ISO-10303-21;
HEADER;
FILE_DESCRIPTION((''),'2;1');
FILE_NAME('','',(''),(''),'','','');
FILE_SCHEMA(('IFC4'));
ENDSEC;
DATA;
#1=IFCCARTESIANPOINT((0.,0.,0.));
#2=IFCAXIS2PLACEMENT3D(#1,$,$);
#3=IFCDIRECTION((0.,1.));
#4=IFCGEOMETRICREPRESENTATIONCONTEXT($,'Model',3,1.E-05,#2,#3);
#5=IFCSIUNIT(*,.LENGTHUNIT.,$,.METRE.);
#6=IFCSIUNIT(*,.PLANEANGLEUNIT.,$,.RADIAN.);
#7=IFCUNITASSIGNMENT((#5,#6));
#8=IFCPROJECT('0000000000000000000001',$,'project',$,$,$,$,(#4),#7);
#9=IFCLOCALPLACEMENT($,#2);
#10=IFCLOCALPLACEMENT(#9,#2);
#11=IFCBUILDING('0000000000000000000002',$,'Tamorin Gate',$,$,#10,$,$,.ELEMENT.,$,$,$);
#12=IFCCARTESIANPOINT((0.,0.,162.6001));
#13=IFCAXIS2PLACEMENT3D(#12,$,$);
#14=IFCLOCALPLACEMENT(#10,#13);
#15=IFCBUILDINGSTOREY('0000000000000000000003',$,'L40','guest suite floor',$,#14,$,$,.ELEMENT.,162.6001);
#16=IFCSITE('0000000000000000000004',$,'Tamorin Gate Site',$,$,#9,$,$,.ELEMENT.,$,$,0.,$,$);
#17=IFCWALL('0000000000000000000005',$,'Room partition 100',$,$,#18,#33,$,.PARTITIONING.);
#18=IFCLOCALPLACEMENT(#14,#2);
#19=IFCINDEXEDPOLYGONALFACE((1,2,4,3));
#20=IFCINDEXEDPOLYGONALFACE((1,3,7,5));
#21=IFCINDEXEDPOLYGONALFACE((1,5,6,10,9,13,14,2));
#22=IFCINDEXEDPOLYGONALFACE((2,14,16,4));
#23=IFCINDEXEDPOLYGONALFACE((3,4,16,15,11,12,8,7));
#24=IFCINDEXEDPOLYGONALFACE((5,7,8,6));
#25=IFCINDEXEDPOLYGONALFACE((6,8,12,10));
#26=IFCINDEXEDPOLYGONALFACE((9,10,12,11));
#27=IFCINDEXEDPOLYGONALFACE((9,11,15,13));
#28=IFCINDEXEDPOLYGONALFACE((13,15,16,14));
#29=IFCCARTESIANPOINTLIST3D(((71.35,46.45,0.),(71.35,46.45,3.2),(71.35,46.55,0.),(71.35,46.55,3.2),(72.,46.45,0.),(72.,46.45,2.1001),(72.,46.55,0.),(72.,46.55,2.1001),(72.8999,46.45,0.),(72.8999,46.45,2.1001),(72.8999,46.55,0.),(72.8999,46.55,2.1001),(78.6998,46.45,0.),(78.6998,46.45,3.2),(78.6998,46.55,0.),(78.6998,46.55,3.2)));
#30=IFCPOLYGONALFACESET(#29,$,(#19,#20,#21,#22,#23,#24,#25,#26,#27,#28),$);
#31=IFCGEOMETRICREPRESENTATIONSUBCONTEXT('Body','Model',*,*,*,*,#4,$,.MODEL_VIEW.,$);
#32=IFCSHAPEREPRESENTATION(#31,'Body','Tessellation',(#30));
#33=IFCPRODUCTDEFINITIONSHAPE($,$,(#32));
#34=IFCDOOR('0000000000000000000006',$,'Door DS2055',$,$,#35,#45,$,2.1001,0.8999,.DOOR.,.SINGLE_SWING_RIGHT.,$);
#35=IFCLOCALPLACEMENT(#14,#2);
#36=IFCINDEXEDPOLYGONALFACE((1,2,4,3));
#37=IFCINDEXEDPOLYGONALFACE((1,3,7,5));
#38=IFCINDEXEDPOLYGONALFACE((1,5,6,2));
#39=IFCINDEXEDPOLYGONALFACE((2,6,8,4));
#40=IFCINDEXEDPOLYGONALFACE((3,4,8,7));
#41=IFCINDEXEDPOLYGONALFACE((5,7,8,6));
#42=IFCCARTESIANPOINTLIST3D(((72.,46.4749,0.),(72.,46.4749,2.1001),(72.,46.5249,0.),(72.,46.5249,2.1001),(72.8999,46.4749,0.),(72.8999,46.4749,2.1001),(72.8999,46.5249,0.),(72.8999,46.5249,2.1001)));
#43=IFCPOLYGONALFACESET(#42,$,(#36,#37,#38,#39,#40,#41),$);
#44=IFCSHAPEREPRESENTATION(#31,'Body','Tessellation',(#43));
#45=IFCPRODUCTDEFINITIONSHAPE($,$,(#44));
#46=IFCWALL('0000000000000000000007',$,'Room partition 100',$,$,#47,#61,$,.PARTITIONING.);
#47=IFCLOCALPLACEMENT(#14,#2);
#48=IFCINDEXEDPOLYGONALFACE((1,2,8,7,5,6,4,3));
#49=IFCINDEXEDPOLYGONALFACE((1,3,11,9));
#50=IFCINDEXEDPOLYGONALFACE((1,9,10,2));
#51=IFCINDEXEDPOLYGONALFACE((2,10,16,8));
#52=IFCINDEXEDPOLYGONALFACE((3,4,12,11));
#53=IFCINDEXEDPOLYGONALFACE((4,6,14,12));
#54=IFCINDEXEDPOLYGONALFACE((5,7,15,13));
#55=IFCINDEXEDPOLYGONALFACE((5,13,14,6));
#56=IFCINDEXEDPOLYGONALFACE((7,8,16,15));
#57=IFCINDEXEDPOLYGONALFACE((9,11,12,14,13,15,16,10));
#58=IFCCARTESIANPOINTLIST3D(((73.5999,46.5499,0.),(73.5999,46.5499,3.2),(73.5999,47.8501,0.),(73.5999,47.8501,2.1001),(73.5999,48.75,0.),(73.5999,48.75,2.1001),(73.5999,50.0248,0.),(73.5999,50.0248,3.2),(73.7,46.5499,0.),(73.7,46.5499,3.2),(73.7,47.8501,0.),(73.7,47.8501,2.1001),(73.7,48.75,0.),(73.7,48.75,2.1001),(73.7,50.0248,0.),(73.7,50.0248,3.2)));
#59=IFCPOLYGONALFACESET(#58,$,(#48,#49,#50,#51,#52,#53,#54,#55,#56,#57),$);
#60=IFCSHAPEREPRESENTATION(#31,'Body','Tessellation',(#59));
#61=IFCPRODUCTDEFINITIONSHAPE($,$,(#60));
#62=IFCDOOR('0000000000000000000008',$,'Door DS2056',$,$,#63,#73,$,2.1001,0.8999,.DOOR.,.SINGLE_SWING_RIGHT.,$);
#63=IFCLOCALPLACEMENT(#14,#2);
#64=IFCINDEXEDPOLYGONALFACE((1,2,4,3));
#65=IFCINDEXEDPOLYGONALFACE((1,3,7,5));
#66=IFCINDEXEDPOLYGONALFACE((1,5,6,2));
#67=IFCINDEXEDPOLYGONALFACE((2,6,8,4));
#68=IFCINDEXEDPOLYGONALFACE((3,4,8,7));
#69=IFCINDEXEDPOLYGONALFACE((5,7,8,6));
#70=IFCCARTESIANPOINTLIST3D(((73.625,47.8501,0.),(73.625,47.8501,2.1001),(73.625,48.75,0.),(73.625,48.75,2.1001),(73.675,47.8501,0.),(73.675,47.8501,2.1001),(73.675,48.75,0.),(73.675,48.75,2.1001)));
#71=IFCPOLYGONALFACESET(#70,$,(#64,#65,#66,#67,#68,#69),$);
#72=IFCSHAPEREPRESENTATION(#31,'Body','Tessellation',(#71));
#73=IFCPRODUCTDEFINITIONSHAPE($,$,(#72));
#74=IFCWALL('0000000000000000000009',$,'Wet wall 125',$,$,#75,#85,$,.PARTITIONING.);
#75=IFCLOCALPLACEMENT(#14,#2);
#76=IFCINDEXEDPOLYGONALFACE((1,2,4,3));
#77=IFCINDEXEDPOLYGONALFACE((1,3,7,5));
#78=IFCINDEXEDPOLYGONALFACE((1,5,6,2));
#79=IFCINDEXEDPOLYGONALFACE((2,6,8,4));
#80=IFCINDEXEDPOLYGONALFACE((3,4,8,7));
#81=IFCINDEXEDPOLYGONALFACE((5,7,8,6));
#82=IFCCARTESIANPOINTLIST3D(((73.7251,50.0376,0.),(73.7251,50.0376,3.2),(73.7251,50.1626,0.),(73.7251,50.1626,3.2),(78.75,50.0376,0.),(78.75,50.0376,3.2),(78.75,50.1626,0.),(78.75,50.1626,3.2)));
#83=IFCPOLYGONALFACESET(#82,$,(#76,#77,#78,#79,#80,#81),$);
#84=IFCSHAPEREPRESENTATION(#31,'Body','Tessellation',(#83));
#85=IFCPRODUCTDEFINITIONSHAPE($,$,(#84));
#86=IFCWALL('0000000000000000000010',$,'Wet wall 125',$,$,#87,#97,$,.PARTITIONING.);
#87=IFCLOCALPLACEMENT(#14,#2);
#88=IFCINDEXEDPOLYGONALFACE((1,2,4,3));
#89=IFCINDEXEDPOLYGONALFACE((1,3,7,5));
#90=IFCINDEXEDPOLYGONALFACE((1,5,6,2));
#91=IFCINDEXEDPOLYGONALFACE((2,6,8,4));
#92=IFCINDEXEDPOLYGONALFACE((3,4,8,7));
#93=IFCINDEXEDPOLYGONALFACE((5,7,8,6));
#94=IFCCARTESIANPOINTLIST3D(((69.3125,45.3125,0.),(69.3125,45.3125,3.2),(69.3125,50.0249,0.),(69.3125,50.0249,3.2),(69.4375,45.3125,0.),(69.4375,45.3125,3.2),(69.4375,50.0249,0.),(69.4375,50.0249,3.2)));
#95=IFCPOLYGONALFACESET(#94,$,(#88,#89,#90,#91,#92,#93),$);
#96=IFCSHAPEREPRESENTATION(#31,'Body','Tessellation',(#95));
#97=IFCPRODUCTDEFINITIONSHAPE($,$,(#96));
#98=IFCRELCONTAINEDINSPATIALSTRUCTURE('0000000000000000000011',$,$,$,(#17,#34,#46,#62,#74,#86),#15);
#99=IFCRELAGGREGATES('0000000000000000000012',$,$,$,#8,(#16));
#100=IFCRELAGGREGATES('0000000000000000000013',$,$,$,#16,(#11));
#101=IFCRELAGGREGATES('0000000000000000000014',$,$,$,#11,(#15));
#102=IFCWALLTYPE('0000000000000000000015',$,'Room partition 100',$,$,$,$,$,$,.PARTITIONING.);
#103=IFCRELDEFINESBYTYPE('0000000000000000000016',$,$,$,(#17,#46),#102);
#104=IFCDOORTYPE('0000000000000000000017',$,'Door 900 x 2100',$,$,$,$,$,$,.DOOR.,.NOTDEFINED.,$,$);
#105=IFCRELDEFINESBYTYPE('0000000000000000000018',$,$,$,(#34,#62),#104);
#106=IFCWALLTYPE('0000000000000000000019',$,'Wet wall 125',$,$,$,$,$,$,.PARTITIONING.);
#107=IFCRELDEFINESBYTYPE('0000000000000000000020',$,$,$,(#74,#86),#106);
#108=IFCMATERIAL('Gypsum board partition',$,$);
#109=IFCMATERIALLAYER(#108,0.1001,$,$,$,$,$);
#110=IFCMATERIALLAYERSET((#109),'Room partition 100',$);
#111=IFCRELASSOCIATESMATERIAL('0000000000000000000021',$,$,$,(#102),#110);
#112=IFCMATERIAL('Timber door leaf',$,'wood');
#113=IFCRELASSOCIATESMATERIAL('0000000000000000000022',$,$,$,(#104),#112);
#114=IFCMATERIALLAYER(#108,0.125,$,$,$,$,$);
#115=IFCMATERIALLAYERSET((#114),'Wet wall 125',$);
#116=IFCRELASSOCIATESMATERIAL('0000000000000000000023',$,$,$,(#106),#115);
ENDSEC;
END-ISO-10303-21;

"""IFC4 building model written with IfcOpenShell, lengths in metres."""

from ifc_helpers import new_model, si_unit, direction, frame, frame_2d, origin, place, context, subcontext, project, spatial, rectangle, extrude, material, layer, layer_set, type_object, element, fill, save


model = new_model("IFC4")

# Units and contexts
model_context = context("Model", 3, precision=1e-05, world=origin(), true_north=direction((0.0, 1.0)))
body_context = subcontext(model_context, "Body", "Model", "MODEL_VIEW")
ifc_project = project(units=[si_unit("LENGTHUNIT", "METRE"), si_unit("PLANEANGLEUNIT", "RADIAN")], contexts=[model_context])

# Site, building, storey
site_placement = place(None, origin())
site = spatial("IfcSite", under=ifc_project, at=site_placement, Name="Tamorin Gate Site", CompositionType="ELEMENT", RefElevation=0.0)
building_placement = place(site_placement, origin())
building = spatial("IfcBuilding", under=site, at=building_placement, Name="Tamorin Gate", CompositionType="ELEMENT")
storey_placement = place(building_placement, frame((0.0, 0.0, 162.6001)))
storey = spatial("IfcBuildingStorey", under=building, at=storey_placement, Name="L40", Description="guest suite floor", CompositionType="ELEMENT", Elevation=162.6001)

# Shared definitions
ifc_material_1 = material(Name="Gypsum board partition")

# Walls, openings, doors
ifc_layer_1 = layer(ifc_material_1, 0.1001)
ifc_layer_set_1 = layer_set([ifc_layer_1], Name="Room partition 100")
wall_type_1 = type_object("IfcWallType", Name="Room partition 100", PredefinedType="PARTITIONING", material=ifc_layer_set_1)
ifc_material_2 = material(Name="Timber door leaf", Category="wood")
door_type = type_object("IfcDoorType", Name="Door 900 x 2100", OperationType="NOTDEFINED", PredefinedType="DOOR", material=ifc_material_2)
wall_1_placement = place(storey_placement, frame((71.3501, 46.5, 0.0), z_axis=(0.0, 0.0, 1.0), x_axis=(1.0, 0.0, 0.0)))
wall_1 = element("IfcWall", 1, at=wall_1_placement, inside=storey, type_object=wall_type_1, Name="Room partition 100", PredefinedType="PARTITIONING", context=body_context, shape_type="SweptSolid", body=[
    extrude(rectangle(XDim=7.3499, YDim=0.1001, at=frame_2d((3.6748, 0.0))), origin(), (0.0, 0.0, 1.0), 3.2),
])
opening_1_placement = place(wall_1_placement, frame((0.6499, 0.0, 0.0)))
opening_1 = element("IfcOpeningElement", 2, at=opening_1_placement, cuts=wall_1, PredefinedType="OPENING", context=body_context, shape_type="SweptSolid", body=[
    extrude(rectangle(XDim=0.8999, YDim=2.1001, at=frame_2d((0.45, 1.05))), frame((0.0, 0.0601, 0.0), z_axis=(0.0, -1.0, 0.0), x_axis=(1.0, 0.0, 0.0)), (0.0, 0.0, 1.0), 0.1201),
])
door_1_placement = place(opening_1_placement, origin())
door_1 = element("IfcDoor", 3, at=door_1_placement, inside=storey, type_object=door_type, Name="Door DS2055", OperationType="SINGLE_SWING_RIGHT", OverallHeight=2.1001, OverallWidth=0.8999, PredefinedType="DOOR", context=body_context, shape_type="SweptSolid", body=[
    extrude(rectangle(XDim=0.8999, YDim=2.1001, at=frame_2d((0.45, 1.05))), frame((0.0, 0.0249, 0.0), z_axis=(0.0, -1.0, 0.0), x_axis=(1.0, 0.0, 0.0)), (0.0, 0.0, 1.0), 0.05),
])
fill(opening_1, door_1)
wall_2_placement = place(storey_placement, frame((73.6499, 46.55, 0.0), z_axis=(0.0, 0.0, 1.0), x_axis=(0.0, 1.0, 0.0)))
wall_2 = element("IfcWall", 4, at=wall_2_placement, inside=storey, type_object=wall_type_1, Name="Room partition 100", PredefinedType="PARTITIONING", context=body_context, shape_type="SweptSolid", body=[
    extrude(rectangle(XDim=3.4749, YDim=0.1001, at=frame_2d((1.7373, 0.0))), origin(), (0.0, 0.0, 1.0), 3.2),
])
opening_2_placement = place(wall_2_placement, frame((1.3, 0.0, 0.0)))
opening_2 = element("IfcOpeningElement", 5, at=opening_2_placement, cuts=wall_2, PredefinedType="OPENING", context=body_context, shape_type="SweptSolid", body=[
    extrude(rectangle(XDim=0.8999, YDim=2.1001, at=frame_2d((0.45, 1.05))), frame((0.0, 0.0601, 0.0), z_axis=(0.0, -1.0, 0.0), x_axis=(1.0, 0.0, 0.0)), (0.0, 0.0, 1.0), 0.1201),
])
door_2_placement = place(opening_2_placement, origin())
door_2 = element("IfcDoor", 6, at=door_2_placement, inside=storey, type_object=door_type, Name="Door DS2056", OperationType="SINGLE_SWING_RIGHT", OverallHeight=2.1001, OverallWidth=0.8999, PredefinedType="DOOR", context=body_context, shape_type="SweptSolid", body=[
    extrude(rectangle(XDim=0.8999, YDim=2.1001, at=frame_2d((0.45, 1.05))), frame((0.0, 0.0249, 0.0), z_axis=(0.0, -1.0, 0.0), x_axis=(1.0, 0.0, 0.0)), (0.0, 0.0, 1.0), 0.05),
])
fill(opening_2, door_2)

# Walls
ifc_layer_2 = layer(ifc_material_1, 0.125)
ifc_layer_set_2 = layer_set([ifc_layer_2], Name="Wet wall 125")
wall_type_2 = type_object("IfcWallType", Name="Wet wall 125", PredefinedType="PARTITIONING", material=ifc_layer_set_2)
wall_3_placement = place(storey_placement, frame((73.7251, 50.1001, 0.0), z_axis=(0.0, 0.0, 1.0), x_axis=(1.0, 0.0, 0.0)))
element("IfcWall", 7, at=wall_3_placement, inside=storey, type_object=wall_type_2, Name="Wet wall 125", PredefinedType="PARTITIONING", context=body_context, shape_type="SweptSolid", body=[
    extrude(rectangle(XDim=5.0249, YDim=0.125, at=frame_2d((2.5125, 0.0))), origin(), (0.0, 0.0, 1.0), 3.2),
])
wall_4_placement = place(storey_placement, frame((69.375, 45.3125, 0.0), z_axis=(0.0, 0.0, 1.0), x_axis=(0.0, 1.0, 0.0)))
element("IfcWall", 8, at=wall_4_placement, inside=storey, type_object=wall_type_2, Name="Wet wall 125", PredefinedType="PARTITIONING", context=body_context, shape_type="SweptSolid", body=[
    extrude(rectangle(XDim=4.7124, YDim=0.125, at=frame_2d((2.3562, 0.0))), origin(), (0.0, 0.0, 1.0), 3.2),
])

save(model, "model.ifc")
